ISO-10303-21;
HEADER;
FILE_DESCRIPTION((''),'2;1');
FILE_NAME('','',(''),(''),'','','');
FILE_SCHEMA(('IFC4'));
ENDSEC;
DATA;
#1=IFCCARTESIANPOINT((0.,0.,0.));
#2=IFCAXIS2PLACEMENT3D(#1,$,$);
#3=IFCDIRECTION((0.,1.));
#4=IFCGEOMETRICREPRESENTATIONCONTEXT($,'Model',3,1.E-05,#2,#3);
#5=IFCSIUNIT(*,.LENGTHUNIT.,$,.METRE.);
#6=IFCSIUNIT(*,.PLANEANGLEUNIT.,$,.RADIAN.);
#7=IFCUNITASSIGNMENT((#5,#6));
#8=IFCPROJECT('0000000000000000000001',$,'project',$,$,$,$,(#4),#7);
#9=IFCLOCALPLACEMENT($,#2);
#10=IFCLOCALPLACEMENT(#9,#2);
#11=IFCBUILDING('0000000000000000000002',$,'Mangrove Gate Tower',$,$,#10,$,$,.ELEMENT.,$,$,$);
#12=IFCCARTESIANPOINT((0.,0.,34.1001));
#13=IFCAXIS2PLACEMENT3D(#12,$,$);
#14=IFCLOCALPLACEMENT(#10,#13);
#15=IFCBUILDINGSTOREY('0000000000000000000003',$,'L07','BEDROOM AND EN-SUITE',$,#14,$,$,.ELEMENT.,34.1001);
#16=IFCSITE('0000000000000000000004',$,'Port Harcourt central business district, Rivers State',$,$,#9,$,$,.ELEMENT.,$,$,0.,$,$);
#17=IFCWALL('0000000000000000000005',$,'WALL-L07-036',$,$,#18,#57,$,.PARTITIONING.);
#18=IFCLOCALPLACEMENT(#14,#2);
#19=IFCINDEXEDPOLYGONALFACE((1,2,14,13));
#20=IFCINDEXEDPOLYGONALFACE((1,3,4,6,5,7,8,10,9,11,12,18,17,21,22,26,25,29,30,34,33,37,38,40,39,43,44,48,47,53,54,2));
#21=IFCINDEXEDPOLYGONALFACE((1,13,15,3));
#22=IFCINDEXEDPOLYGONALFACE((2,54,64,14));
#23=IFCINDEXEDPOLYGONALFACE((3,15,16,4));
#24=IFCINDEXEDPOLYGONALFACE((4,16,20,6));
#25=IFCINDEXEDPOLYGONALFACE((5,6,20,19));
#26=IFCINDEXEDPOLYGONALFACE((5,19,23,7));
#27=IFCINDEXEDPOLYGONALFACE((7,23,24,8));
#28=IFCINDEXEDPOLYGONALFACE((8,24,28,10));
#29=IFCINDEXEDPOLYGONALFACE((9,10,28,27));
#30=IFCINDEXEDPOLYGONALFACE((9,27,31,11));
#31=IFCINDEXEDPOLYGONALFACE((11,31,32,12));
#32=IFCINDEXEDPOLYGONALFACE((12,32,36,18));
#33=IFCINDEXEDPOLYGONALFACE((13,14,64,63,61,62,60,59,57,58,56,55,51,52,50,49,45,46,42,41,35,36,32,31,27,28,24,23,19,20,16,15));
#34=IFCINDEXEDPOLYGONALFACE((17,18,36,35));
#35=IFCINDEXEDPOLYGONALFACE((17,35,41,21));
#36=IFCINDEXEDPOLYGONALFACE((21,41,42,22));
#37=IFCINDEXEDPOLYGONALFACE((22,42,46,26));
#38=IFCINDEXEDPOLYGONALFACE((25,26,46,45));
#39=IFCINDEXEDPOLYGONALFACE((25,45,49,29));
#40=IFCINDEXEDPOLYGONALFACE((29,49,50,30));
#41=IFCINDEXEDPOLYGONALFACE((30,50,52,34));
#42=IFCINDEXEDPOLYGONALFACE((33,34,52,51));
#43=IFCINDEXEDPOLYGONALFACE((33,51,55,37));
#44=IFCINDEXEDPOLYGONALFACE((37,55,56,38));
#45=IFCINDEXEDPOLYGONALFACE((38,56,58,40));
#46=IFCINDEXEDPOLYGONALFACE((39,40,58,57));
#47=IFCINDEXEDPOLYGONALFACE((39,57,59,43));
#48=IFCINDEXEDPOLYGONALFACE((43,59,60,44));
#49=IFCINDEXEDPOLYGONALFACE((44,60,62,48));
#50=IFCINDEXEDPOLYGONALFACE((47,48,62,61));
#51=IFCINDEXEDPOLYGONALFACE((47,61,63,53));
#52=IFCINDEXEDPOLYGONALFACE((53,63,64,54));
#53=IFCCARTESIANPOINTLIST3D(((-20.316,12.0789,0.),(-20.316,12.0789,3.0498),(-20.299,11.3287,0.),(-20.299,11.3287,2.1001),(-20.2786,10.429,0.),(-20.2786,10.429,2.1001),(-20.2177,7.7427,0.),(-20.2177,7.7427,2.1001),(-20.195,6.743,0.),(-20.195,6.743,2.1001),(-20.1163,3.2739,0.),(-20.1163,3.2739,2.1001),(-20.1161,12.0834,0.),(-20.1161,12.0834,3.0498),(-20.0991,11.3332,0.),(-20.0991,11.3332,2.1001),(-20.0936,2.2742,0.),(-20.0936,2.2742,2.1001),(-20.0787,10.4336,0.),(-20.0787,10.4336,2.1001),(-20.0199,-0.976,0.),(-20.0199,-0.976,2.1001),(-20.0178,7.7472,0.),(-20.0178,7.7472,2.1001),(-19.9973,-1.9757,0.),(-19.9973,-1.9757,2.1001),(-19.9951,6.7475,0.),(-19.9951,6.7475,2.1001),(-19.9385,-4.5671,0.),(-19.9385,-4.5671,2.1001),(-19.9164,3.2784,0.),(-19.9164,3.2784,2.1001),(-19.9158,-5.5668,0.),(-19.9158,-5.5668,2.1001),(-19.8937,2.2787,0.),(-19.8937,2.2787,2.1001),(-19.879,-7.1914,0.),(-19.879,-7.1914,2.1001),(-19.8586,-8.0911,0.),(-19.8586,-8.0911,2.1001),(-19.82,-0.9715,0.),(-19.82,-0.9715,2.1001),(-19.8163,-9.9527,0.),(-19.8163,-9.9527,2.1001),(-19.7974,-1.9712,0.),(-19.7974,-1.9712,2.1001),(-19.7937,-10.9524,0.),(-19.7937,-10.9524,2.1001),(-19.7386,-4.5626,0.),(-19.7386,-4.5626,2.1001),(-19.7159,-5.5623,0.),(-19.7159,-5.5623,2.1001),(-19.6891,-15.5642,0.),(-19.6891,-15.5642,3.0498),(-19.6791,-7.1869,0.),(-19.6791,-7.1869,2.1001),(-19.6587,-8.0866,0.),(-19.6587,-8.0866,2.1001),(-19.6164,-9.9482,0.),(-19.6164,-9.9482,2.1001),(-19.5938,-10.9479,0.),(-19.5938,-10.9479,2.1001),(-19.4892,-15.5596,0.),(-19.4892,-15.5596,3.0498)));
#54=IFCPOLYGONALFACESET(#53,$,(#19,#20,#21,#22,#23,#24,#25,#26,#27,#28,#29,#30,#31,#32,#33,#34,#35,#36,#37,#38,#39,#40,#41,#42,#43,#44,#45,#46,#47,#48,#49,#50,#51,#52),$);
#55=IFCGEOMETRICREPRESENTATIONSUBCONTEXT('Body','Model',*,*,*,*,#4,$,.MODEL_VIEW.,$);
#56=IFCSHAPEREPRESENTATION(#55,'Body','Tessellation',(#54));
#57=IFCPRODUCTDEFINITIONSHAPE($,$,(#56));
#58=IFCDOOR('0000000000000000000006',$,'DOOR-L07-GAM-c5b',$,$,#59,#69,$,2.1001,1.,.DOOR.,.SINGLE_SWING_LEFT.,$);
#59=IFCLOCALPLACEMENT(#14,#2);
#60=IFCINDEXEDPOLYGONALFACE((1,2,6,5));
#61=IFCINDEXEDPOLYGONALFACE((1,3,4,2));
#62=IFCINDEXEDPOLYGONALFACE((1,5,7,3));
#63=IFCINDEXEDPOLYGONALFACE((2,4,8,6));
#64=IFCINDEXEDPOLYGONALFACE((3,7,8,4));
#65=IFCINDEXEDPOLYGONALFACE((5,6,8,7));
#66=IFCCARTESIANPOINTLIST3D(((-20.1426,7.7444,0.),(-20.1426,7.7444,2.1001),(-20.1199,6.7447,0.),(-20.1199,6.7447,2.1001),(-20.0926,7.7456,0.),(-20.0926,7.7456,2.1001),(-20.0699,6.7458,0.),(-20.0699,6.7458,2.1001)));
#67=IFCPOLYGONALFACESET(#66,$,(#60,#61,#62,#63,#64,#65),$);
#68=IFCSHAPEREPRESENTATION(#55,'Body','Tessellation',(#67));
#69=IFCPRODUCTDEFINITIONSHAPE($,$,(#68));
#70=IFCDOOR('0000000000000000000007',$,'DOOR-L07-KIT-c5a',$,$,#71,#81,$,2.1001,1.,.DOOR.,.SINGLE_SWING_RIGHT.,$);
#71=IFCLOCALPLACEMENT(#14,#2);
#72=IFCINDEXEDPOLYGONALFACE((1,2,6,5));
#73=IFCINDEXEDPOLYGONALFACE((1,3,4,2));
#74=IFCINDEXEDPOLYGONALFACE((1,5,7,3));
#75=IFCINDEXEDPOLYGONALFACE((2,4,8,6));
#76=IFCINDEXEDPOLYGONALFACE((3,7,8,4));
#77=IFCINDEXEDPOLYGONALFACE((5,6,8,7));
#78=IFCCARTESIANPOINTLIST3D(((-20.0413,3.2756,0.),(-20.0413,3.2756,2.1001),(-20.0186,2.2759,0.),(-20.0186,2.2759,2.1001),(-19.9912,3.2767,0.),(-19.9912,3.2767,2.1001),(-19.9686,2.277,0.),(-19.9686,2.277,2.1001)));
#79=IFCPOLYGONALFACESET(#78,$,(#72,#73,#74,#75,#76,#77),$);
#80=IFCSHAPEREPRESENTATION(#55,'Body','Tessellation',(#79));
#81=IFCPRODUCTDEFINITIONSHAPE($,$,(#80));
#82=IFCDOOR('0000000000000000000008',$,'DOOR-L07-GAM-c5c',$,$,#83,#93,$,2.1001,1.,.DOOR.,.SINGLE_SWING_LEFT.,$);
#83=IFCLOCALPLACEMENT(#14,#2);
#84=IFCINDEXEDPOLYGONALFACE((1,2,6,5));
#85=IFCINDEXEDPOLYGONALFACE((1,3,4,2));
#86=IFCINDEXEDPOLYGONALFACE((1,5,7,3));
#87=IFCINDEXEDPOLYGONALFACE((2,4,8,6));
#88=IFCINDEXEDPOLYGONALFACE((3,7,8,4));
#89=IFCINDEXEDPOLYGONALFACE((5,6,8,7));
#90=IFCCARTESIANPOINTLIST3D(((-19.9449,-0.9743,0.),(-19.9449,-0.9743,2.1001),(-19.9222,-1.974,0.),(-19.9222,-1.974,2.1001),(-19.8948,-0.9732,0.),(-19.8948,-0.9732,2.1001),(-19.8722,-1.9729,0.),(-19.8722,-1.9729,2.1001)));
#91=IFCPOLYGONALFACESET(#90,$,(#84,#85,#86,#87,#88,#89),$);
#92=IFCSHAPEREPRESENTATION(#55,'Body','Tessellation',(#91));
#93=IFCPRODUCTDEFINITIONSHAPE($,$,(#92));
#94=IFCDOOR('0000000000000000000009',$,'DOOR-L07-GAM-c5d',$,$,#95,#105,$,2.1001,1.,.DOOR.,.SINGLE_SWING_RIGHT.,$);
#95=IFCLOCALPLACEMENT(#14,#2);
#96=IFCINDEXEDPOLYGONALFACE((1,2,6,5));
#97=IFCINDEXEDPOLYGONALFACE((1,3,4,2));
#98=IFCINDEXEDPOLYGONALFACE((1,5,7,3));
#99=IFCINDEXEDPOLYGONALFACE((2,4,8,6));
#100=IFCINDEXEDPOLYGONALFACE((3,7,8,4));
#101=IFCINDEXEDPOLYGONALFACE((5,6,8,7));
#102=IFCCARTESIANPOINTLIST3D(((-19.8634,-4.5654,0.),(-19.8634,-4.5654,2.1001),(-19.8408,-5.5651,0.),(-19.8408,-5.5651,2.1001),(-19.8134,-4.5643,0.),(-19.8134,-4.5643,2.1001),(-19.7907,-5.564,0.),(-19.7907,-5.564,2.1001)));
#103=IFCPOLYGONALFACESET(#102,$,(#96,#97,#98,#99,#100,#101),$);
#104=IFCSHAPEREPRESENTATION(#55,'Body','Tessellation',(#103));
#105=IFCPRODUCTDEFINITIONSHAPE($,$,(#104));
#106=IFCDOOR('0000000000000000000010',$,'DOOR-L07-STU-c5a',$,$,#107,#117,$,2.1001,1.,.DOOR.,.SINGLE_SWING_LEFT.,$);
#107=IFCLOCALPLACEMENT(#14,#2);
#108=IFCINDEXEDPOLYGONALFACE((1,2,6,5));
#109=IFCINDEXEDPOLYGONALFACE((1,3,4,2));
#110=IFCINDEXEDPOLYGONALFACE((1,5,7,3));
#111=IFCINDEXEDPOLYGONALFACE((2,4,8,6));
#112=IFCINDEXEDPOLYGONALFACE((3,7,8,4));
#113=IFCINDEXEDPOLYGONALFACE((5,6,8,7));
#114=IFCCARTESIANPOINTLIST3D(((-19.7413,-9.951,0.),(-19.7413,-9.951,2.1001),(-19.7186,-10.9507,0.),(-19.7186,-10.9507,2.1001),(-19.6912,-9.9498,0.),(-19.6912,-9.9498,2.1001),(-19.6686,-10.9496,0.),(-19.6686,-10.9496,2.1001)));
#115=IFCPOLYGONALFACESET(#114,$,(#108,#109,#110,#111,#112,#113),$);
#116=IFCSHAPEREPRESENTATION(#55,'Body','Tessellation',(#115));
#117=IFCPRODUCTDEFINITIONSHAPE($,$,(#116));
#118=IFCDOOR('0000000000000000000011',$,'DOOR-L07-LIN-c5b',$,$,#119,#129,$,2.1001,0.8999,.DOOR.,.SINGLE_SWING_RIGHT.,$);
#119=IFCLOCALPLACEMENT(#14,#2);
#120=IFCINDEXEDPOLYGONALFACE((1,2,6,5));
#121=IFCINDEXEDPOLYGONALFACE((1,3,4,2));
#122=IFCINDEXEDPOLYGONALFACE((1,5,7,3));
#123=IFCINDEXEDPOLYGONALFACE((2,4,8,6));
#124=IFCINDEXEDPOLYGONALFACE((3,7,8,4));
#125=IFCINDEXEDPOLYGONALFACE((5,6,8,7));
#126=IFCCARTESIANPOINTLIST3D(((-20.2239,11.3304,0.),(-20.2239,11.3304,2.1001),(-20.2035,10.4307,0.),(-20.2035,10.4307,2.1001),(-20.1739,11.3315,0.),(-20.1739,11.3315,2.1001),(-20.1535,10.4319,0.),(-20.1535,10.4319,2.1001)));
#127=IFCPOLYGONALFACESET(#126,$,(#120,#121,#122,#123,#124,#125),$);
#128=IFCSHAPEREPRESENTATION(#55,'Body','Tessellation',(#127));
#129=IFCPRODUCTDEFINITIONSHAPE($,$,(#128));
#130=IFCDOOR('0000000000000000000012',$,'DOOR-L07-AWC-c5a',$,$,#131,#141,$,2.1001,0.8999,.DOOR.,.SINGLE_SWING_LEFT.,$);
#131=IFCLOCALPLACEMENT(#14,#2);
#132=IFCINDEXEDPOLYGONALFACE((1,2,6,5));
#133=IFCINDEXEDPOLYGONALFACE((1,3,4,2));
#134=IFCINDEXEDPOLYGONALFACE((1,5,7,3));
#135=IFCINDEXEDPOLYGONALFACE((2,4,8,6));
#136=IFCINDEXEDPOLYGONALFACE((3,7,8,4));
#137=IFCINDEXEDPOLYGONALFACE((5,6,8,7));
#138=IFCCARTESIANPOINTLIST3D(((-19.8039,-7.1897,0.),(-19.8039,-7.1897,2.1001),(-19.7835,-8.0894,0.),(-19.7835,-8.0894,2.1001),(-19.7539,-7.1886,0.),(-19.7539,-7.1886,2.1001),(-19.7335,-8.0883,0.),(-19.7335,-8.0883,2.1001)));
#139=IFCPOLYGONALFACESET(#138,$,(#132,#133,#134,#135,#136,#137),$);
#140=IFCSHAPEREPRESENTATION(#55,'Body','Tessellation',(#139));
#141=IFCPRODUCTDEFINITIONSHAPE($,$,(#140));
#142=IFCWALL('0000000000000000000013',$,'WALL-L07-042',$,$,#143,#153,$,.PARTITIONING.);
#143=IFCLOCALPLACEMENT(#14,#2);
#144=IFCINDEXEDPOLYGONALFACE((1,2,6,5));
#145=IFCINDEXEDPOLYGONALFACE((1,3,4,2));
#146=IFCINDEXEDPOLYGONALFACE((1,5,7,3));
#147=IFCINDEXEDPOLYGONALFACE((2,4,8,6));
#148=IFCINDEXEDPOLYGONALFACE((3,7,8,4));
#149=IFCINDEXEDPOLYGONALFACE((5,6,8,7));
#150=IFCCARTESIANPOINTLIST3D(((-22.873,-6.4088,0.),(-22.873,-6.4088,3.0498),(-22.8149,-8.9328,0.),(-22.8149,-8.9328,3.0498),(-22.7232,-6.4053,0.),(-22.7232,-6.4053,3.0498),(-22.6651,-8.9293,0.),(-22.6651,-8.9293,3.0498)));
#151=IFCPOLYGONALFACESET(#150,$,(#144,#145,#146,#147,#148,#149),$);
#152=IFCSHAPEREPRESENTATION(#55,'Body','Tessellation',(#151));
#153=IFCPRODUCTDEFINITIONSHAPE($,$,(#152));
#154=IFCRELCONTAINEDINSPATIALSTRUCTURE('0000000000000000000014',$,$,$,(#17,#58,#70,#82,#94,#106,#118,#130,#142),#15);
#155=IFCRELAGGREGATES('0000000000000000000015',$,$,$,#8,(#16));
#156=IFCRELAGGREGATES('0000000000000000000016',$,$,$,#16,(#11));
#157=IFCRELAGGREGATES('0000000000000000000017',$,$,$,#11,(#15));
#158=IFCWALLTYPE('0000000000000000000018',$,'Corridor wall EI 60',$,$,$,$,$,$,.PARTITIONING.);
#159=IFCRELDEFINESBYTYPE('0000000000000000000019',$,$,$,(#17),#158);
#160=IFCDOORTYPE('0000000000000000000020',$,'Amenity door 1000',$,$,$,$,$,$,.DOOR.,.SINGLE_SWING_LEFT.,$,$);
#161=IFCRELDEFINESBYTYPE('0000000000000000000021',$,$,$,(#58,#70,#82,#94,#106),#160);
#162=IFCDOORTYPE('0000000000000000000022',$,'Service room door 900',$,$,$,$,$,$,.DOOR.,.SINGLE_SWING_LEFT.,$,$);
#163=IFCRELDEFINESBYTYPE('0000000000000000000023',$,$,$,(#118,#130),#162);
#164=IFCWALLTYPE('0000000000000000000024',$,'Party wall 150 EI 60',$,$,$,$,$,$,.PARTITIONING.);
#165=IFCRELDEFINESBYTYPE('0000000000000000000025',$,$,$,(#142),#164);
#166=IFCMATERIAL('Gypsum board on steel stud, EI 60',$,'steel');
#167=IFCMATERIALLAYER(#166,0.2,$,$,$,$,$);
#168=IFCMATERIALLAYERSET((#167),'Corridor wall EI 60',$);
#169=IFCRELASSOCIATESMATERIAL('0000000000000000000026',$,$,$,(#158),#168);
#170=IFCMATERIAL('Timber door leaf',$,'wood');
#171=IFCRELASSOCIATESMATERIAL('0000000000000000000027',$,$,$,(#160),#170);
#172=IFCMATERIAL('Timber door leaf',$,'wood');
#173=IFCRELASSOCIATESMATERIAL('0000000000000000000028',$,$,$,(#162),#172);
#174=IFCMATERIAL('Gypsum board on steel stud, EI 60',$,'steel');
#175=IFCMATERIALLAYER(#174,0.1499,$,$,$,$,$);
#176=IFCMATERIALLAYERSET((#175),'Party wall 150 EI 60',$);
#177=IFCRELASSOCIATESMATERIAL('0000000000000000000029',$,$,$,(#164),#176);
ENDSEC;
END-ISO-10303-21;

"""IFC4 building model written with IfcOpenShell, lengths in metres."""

from ifc_helpers import new_model, si_unit, direction, frame, frame_2d, origin, place, context, subcontext, project, spatial, rectangle, extrude, material, layer, layer_set, type_object, element, fill, save


model = new_model("IFC4")

# Units and contexts
model_context = context("Model", 3, precision=1e-05, world=origin(), true_north=direction((0.0, 1.0)))
body_context = subcontext(model_context, "Body", "Model", "MODEL_VIEW")
ifc_project = project(units=[si_unit("LENGTHUNIT", "METRE"), si_unit("PLANEANGLEUNIT", "RADIAN")], contexts=[model_context])

# Site, building, storey
site_placement = place(None, origin())
site = spatial("IfcSite", under=ifc_project, at=site_placement, Name="Port Harcourt central business district, Rivers State", CompositionType="ELEMENT", RefElevation=0.0)
building_placement = place(site_placement, origin())
building = spatial("IfcBuilding", under=site, at=building_placement, Name="Mangrove Gate Tower", CompositionType="ELEMENT")
storey_placement = place(building_placement, frame((0.0, 0.0, 34.1001)))
storey = spatial("IfcBuildingStorey", under=building, at=storey_placement, Name="L07", Description="BEDROOM AND EN-SUITE", CompositionType="ELEMENT", Elevation=34.1001)

# Wall, openings, doors
ifc_material_1 = material(Name="Gypsum board on steel stud, EI 60", Category="steel")
ifc_layer_1 = layer(ifc_material_1, 0.2)
ifc_layer_set_1 = layer_set([ifc_layer_1], Name="Corridor wall EI 60")
wall_type_1 = type_object("IfcWallType", Name="Corridor wall EI 60", PredefinedType="PARTITIONING", material=ifc_layer_set_1)
wall_1_placement = place(storey_placement, frame((-19.5891, -15.562, 0.0), z_axis=(0.0, 0.0, 1.0), x_axis=(-0.022674, 0.999743, 0.0)))
wall_1 = element("IfcWall", 1, at=wall_1_placement, inside=storey, type_object=wall_type_1, Name="WALL-L07-036", PredefinedType="PARTITIONING", context=body_context, shape_type="SweptSolid", body=[
    extrude(rectangle(XDim=27.6501, YDim=0.2, at=frame_2d((13.8252, 0.0))), origin(), (0.0, 0.0, 1.0), 3.0498),
])
opening_1_placement = place(wall_1_placement, frame((22.313, 0.0, 0.0)))
opening_1 = element("IfcOpeningElement", 2, at=opening_1_placement, cuts=wall_1, PredefinedType="OPENING", context=body_context, shape_type="SweptSolid", body=[
    extrude(rectangle(XDim=1.0, YDim=2.1001, at=frame_2d((0.5, 1.05))), frame((0.0, 0.1099, 0.0), z_axis=(0.0, -1.0, 0.0), x_axis=(1.0, 0.0, 0.0)), (0.0, 0.0, 1.0), 0.22),
])
opening_2_placement = place(wall_1_placement, frame((26.0, 0.0, 0.0)))
opening_2 = element("IfcOpeningElement", 3, at=opening_2_placement, cuts=wall_1, PredefinedType="OPENING", context=body_context, shape_type="SweptSolid", body=[
    extrude(rectangle(XDim=0.8999, YDim=2.1001, at=frame_2d((0.45, 1.05))), frame((0.0, 0.1099, 0.0), z_axis=(0.0, -1.0, 0.0), x_axis=(1.0, 0.0, 0.0)), (0.0, 0.0, 1.0), 0.22),
])
opening_3_placement = place(wall_1_placement, frame((17.843, 0.0, 0.0)))
opening_3 = element("IfcOpeningElement", 4, at=opening_3_placement, cuts=wall_1, PredefinedType="OPENING", context=body_context, shape_type="SweptSolid", body=[
    extrude(rectangle(XDim=1.0, YDim=2.1001, at=frame_2d((0.5, 1.05))), frame((0.0, 0.1099, 0.0), z_axis=(0.0, -1.0, 0.0), x_axis=(1.0, 0.0, 0.0)), (0.0, 0.0, 1.0), 0.22),
])
opening_4_placement = place(wall_1_placement, frame((13.592, 0.0, 0.0)))
opening_4 = element("IfcOpeningElement", 5, at=opening_4_placement, cuts=wall_1, PredefinedType="OPENING", context=body_context, shape_type="SweptSolid", body=[
    extrude(rectangle(XDim=1.0, YDim=2.1001, at=frame_2d((0.5, 1.05))), frame((0.0, 0.1099, 0.0), z_axis=(0.0, -1.0, 0.0), x_axis=(1.0, 0.0, 0.0)), (0.0, 0.0, 1.0), 0.22),
])
opening_5_placement = place(wall_1_placement, frame((10.0, 0.0, 0.0)))
opening_5 = element("IfcOpeningElement", 6, at=opening_5_placement, cuts=wall_1, PredefinedType="OPENING", context=body_context, shape_type="SweptSolid", body=[
    extrude(rectangle(XDim=1.0, YDim=2.1001, at=frame_2d((0.5, 1.05))), frame((0.0, 0.1099, 0.0), z_axis=(0.0, -1.0, 0.0), x_axis=(1.0, 0.0, 0.0)), (0.0, 0.0, 1.0), 0.22),
])
opening_6_placement = place(wall_1_placement, frame((7.4751, 0.0, 0.0)))
opening_6 = element("IfcOpeningElement", 7, at=opening_6_placement, cuts=wall_1, PredefinedType="OPENING", context=body_context, shape_type="SweptSolid", body=[
    extrude(rectangle(XDim=0.8999, YDim=2.1001, at=frame_2d((0.45, 1.05))), frame((0.0, 0.1099, 0.0), z_axis=(0.0, -1.0, 0.0), x_axis=(1.0, 0.0, 0.0)), (0.0, 0.0, 1.0), 0.22),
])
opening_7_placement = place(wall_1_placement, frame((4.613, 0.0, 0.0)))
opening_7 = element("IfcOpeningElement", 8, at=opening_7_placement, cuts=wall_1, PredefinedType="OPENING", context=body_context, shape_type="SweptSolid", body=[
    extrude(rectangle(XDim=1.0, YDim=2.1001, at=frame_2d((0.5, 1.05))), frame((0.0, 0.1099, 0.0), z_axis=(0.0, -1.0, 0.0), x_axis=(1.0, 0.0, 0.0)), (0.0, 0.0, 1.0), 0.22),
])
ifc_material_2 = material(Name="Timber door leaf", Category="wood")
door_type_1 = type_object("IfcDoorType", Name="Amenity door 1000", OperationType="SINGLE_SWING_LEFT", PredefinedType="DOOR", material=ifc_material_2)
door_1_placement = place(opening_1_placement, origin())
door_1 = element("IfcDoor", 9, at=door_1_placement, inside=storey, type_object=door_type_1, Name="DOOR-L07-GAM-c5b", OperationType="SINGLE_SWING_LEFT", OverallHeight=2.1001, OverallWidth=1.0, PredefinedType="DOOR", context=body_context, shape_type="SweptSolid", body=[
    extrude(rectangle(XDim=1.0, YDim=2.1001, at=frame_2d((0.5, 1.05))), frame((0.0, 0.0249, 0.0), z_axis=(0.0, -1.0, 0.0), x_axis=(1.0, 0.0, 0.0)), (0.0, 0.0, 1.0), 0.05),
])
fill(opening_1, door_1)
door_2_placement = place(opening_3_placement, origin())
door_2 = element("IfcDoor", 10, at=door_2_placement, inside=storey, type_object=door_type_1, Name="DOOR-L07-KIT-c5a", OperationType="SINGLE_SWING_RIGHT", OverallHeight=2.1001, OverallWidth=1.0, PredefinedType="DOOR", context=body_context, shape_type="SweptSolid", body=[
    extrude(rectangle(XDim=1.0, YDim=2.1001, at=frame_2d((0.5, 1.05))), frame((0.0, 0.0249, 0.0), z_axis=(0.0, -1.0, 0.0), x_axis=(1.0, 0.0, 0.0)), (0.0, 0.0, 1.0), 0.05),
])
fill(opening_3, door_2)
door_3_placement = place(opening_4_placement, origin())
door_3 = element("IfcDoor", 11, at=door_3_placement, inside=storey, type_object=door_type_1, Name="DOOR-L07-GAM-c5c", OperationType="SINGLE_SWING_LEFT", OverallHeight=2.1001, OverallWidth=1.0, PredefinedType="DOOR", context=body_context, shape_type="SweptSolid", body=[
    extrude(rectangle(XDim=1.0, YDim=2.1001, at=frame_2d((0.5, 1.05))), frame((0.0, 0.0249, 0.0), z_axis=(0.0, -1.0, 0.0), x_axis=(1.0, 0.0, 0.0)), (0.0, 0.0, 1.0), 0.05),
])
fill(opening_4, door_3)
door_4_placement = place(opening_5_placement, origin())
door_4 = element("IfcDoor", 12, at=door_4_placement, inside=storey, type_object=door_type_1, Name="DOOR-L07-GAM-c5d", OperationType="SINGLE_SWING_RIGHT", OverallHeight=2.1001, OverallWidth=1.0, PredefinedType="DOOR", context=body_context, shape_type="SweptSolid", body=[
    extrude(rectangle(XDim=1.0, YDim=2.1001, at=frame_2d((0.5, 1.05))), frame((0.0, 0.0249, 0.0), z_axis=(0.0, -1.0, 0.0), x_axis=(1.0, 0.0, 0.0)), (0.0, 0.0, 1.0), 0.05),
])
fill(opening_5, door_4)
door_5_placement = place(opening_7_placement, origin())
door_5 = element("IfcDoor", 13, at=door_5_placement, inside=storey, type_object=door_type_1, Name="DOOR-L07-STU-c5a", OperationType="SINGLE_SWING_LEFT", OverallHeight=2.1001, OverallWidth=1.0, PredefinedType="DOOR", context=body_context, shape_type="SweptSolid", body=[
    extrude(rectangle(XDim=1.0, YDim=2.1001, at=frame_2d((0.5, 1.05))), frame((0.0, 0.0249, 0.0), z_axis=(0.0, -1.0, 0.0), x_axis=(1.0, 0.0, 0.0)), (0.0, 0.0, 1.0), 0.05),
])
fill(opening_7, door_5)
ifc_material_3 = material(Name="Timber door leaf", Category="wood")
door_type_2 = type_object("IfcDoorType", Name="Service room door 900", OperationType="SINGLE_SWING_LEFT", PredefinedType="DOOR", material=ifc_material_3)
door_6_placement = place(opening_2_placement, origin())
door_6 = element("IfcDoor", 14, at=door_6_placement, inside=storey, type_object=door_type_2, Name="DOOR-L07-LIN-c5b", OperationType="SINGLE_SWING_RIGHT", OverallHeight=2.1001, OverallWidth=0.8999, PredefinedType="DOOR", context=body_context, shape_type="SweptSolid", body=[
    extrude(rectangle(XDim=0.8999, YDim=2.1001, at=frame_2d((0.45, 1.05))), frame((0.0, 0.0249, 0.0), z_axis=(0.0, -1.0, 0.0), x_axis=(1.0, 0.0, 0.0)), (0.0, 0.0, 1.0), 0.05),
])
fill(opening_2, door_6)
door_7_placement = place(opening_6_placement, origin())
door_7 = element("IfcDoor", 15, at=door_7_placement, inside=storey, type_object=door_type_2, Name="DOOR-L07-AWC-c5a", OperationType="SINGLE_SWING_LEFT", OverallHeight=2.1001, OverallWidth=0.8999, PredefinedType="DOOR", context=body_context, shape_type="SweptSolid", body=[
    extrude(rectangle(XDim=0.8999, YDim=2.1001, at=frame_2d((0.45, 1.05))), frame((0.0, 0.0249, 0.0), z_axis=(0.0, -1.0, 0.0), x_axis=(1.0, 0.0, 0.0)), (0.0, 0.0, 1.0), 0.05),
])
fill(opening_6, door_7)

# Wall
ifc_material_4 = material(Name="Gypsum board on steel stud, EI 60", Category="steel")
ifc_layer_2 = layer(ifc_material_4, 0.1499)
ifc_layer_set_2 = layer_set([ifc_layer_2], Name="Party wall 150 EI 60")
wall_type_2 = type_object("IfcWallType", Name="Party wall 150 EI 60", PredefinedType="PARTITIONING", material=ifc_layer_set_2)
wall_2_placement = place(storey_placement, frame((-22.74, -8.9309, 0.0), z_axis=(0.0, 0.0, 1.0), x_axis=(-0.023016, 0.999735, 0.0)))
element("IfcWall", 16, at=wall_2_placement, inside=storey, type_object=wall_type_2, Name="WALL-L07-042", PredefinedType="PARTITIONING", context=body_context, shape_type="SweptSolid", body=[
    extrude(rectangle(XDim=2.5247, YDim=0.1499, at=frame_2d((1.2622, 0.0))), origin(), (0.0, 0.0, 1.0), 3.0498),
])

save(model, "model.ifc")
